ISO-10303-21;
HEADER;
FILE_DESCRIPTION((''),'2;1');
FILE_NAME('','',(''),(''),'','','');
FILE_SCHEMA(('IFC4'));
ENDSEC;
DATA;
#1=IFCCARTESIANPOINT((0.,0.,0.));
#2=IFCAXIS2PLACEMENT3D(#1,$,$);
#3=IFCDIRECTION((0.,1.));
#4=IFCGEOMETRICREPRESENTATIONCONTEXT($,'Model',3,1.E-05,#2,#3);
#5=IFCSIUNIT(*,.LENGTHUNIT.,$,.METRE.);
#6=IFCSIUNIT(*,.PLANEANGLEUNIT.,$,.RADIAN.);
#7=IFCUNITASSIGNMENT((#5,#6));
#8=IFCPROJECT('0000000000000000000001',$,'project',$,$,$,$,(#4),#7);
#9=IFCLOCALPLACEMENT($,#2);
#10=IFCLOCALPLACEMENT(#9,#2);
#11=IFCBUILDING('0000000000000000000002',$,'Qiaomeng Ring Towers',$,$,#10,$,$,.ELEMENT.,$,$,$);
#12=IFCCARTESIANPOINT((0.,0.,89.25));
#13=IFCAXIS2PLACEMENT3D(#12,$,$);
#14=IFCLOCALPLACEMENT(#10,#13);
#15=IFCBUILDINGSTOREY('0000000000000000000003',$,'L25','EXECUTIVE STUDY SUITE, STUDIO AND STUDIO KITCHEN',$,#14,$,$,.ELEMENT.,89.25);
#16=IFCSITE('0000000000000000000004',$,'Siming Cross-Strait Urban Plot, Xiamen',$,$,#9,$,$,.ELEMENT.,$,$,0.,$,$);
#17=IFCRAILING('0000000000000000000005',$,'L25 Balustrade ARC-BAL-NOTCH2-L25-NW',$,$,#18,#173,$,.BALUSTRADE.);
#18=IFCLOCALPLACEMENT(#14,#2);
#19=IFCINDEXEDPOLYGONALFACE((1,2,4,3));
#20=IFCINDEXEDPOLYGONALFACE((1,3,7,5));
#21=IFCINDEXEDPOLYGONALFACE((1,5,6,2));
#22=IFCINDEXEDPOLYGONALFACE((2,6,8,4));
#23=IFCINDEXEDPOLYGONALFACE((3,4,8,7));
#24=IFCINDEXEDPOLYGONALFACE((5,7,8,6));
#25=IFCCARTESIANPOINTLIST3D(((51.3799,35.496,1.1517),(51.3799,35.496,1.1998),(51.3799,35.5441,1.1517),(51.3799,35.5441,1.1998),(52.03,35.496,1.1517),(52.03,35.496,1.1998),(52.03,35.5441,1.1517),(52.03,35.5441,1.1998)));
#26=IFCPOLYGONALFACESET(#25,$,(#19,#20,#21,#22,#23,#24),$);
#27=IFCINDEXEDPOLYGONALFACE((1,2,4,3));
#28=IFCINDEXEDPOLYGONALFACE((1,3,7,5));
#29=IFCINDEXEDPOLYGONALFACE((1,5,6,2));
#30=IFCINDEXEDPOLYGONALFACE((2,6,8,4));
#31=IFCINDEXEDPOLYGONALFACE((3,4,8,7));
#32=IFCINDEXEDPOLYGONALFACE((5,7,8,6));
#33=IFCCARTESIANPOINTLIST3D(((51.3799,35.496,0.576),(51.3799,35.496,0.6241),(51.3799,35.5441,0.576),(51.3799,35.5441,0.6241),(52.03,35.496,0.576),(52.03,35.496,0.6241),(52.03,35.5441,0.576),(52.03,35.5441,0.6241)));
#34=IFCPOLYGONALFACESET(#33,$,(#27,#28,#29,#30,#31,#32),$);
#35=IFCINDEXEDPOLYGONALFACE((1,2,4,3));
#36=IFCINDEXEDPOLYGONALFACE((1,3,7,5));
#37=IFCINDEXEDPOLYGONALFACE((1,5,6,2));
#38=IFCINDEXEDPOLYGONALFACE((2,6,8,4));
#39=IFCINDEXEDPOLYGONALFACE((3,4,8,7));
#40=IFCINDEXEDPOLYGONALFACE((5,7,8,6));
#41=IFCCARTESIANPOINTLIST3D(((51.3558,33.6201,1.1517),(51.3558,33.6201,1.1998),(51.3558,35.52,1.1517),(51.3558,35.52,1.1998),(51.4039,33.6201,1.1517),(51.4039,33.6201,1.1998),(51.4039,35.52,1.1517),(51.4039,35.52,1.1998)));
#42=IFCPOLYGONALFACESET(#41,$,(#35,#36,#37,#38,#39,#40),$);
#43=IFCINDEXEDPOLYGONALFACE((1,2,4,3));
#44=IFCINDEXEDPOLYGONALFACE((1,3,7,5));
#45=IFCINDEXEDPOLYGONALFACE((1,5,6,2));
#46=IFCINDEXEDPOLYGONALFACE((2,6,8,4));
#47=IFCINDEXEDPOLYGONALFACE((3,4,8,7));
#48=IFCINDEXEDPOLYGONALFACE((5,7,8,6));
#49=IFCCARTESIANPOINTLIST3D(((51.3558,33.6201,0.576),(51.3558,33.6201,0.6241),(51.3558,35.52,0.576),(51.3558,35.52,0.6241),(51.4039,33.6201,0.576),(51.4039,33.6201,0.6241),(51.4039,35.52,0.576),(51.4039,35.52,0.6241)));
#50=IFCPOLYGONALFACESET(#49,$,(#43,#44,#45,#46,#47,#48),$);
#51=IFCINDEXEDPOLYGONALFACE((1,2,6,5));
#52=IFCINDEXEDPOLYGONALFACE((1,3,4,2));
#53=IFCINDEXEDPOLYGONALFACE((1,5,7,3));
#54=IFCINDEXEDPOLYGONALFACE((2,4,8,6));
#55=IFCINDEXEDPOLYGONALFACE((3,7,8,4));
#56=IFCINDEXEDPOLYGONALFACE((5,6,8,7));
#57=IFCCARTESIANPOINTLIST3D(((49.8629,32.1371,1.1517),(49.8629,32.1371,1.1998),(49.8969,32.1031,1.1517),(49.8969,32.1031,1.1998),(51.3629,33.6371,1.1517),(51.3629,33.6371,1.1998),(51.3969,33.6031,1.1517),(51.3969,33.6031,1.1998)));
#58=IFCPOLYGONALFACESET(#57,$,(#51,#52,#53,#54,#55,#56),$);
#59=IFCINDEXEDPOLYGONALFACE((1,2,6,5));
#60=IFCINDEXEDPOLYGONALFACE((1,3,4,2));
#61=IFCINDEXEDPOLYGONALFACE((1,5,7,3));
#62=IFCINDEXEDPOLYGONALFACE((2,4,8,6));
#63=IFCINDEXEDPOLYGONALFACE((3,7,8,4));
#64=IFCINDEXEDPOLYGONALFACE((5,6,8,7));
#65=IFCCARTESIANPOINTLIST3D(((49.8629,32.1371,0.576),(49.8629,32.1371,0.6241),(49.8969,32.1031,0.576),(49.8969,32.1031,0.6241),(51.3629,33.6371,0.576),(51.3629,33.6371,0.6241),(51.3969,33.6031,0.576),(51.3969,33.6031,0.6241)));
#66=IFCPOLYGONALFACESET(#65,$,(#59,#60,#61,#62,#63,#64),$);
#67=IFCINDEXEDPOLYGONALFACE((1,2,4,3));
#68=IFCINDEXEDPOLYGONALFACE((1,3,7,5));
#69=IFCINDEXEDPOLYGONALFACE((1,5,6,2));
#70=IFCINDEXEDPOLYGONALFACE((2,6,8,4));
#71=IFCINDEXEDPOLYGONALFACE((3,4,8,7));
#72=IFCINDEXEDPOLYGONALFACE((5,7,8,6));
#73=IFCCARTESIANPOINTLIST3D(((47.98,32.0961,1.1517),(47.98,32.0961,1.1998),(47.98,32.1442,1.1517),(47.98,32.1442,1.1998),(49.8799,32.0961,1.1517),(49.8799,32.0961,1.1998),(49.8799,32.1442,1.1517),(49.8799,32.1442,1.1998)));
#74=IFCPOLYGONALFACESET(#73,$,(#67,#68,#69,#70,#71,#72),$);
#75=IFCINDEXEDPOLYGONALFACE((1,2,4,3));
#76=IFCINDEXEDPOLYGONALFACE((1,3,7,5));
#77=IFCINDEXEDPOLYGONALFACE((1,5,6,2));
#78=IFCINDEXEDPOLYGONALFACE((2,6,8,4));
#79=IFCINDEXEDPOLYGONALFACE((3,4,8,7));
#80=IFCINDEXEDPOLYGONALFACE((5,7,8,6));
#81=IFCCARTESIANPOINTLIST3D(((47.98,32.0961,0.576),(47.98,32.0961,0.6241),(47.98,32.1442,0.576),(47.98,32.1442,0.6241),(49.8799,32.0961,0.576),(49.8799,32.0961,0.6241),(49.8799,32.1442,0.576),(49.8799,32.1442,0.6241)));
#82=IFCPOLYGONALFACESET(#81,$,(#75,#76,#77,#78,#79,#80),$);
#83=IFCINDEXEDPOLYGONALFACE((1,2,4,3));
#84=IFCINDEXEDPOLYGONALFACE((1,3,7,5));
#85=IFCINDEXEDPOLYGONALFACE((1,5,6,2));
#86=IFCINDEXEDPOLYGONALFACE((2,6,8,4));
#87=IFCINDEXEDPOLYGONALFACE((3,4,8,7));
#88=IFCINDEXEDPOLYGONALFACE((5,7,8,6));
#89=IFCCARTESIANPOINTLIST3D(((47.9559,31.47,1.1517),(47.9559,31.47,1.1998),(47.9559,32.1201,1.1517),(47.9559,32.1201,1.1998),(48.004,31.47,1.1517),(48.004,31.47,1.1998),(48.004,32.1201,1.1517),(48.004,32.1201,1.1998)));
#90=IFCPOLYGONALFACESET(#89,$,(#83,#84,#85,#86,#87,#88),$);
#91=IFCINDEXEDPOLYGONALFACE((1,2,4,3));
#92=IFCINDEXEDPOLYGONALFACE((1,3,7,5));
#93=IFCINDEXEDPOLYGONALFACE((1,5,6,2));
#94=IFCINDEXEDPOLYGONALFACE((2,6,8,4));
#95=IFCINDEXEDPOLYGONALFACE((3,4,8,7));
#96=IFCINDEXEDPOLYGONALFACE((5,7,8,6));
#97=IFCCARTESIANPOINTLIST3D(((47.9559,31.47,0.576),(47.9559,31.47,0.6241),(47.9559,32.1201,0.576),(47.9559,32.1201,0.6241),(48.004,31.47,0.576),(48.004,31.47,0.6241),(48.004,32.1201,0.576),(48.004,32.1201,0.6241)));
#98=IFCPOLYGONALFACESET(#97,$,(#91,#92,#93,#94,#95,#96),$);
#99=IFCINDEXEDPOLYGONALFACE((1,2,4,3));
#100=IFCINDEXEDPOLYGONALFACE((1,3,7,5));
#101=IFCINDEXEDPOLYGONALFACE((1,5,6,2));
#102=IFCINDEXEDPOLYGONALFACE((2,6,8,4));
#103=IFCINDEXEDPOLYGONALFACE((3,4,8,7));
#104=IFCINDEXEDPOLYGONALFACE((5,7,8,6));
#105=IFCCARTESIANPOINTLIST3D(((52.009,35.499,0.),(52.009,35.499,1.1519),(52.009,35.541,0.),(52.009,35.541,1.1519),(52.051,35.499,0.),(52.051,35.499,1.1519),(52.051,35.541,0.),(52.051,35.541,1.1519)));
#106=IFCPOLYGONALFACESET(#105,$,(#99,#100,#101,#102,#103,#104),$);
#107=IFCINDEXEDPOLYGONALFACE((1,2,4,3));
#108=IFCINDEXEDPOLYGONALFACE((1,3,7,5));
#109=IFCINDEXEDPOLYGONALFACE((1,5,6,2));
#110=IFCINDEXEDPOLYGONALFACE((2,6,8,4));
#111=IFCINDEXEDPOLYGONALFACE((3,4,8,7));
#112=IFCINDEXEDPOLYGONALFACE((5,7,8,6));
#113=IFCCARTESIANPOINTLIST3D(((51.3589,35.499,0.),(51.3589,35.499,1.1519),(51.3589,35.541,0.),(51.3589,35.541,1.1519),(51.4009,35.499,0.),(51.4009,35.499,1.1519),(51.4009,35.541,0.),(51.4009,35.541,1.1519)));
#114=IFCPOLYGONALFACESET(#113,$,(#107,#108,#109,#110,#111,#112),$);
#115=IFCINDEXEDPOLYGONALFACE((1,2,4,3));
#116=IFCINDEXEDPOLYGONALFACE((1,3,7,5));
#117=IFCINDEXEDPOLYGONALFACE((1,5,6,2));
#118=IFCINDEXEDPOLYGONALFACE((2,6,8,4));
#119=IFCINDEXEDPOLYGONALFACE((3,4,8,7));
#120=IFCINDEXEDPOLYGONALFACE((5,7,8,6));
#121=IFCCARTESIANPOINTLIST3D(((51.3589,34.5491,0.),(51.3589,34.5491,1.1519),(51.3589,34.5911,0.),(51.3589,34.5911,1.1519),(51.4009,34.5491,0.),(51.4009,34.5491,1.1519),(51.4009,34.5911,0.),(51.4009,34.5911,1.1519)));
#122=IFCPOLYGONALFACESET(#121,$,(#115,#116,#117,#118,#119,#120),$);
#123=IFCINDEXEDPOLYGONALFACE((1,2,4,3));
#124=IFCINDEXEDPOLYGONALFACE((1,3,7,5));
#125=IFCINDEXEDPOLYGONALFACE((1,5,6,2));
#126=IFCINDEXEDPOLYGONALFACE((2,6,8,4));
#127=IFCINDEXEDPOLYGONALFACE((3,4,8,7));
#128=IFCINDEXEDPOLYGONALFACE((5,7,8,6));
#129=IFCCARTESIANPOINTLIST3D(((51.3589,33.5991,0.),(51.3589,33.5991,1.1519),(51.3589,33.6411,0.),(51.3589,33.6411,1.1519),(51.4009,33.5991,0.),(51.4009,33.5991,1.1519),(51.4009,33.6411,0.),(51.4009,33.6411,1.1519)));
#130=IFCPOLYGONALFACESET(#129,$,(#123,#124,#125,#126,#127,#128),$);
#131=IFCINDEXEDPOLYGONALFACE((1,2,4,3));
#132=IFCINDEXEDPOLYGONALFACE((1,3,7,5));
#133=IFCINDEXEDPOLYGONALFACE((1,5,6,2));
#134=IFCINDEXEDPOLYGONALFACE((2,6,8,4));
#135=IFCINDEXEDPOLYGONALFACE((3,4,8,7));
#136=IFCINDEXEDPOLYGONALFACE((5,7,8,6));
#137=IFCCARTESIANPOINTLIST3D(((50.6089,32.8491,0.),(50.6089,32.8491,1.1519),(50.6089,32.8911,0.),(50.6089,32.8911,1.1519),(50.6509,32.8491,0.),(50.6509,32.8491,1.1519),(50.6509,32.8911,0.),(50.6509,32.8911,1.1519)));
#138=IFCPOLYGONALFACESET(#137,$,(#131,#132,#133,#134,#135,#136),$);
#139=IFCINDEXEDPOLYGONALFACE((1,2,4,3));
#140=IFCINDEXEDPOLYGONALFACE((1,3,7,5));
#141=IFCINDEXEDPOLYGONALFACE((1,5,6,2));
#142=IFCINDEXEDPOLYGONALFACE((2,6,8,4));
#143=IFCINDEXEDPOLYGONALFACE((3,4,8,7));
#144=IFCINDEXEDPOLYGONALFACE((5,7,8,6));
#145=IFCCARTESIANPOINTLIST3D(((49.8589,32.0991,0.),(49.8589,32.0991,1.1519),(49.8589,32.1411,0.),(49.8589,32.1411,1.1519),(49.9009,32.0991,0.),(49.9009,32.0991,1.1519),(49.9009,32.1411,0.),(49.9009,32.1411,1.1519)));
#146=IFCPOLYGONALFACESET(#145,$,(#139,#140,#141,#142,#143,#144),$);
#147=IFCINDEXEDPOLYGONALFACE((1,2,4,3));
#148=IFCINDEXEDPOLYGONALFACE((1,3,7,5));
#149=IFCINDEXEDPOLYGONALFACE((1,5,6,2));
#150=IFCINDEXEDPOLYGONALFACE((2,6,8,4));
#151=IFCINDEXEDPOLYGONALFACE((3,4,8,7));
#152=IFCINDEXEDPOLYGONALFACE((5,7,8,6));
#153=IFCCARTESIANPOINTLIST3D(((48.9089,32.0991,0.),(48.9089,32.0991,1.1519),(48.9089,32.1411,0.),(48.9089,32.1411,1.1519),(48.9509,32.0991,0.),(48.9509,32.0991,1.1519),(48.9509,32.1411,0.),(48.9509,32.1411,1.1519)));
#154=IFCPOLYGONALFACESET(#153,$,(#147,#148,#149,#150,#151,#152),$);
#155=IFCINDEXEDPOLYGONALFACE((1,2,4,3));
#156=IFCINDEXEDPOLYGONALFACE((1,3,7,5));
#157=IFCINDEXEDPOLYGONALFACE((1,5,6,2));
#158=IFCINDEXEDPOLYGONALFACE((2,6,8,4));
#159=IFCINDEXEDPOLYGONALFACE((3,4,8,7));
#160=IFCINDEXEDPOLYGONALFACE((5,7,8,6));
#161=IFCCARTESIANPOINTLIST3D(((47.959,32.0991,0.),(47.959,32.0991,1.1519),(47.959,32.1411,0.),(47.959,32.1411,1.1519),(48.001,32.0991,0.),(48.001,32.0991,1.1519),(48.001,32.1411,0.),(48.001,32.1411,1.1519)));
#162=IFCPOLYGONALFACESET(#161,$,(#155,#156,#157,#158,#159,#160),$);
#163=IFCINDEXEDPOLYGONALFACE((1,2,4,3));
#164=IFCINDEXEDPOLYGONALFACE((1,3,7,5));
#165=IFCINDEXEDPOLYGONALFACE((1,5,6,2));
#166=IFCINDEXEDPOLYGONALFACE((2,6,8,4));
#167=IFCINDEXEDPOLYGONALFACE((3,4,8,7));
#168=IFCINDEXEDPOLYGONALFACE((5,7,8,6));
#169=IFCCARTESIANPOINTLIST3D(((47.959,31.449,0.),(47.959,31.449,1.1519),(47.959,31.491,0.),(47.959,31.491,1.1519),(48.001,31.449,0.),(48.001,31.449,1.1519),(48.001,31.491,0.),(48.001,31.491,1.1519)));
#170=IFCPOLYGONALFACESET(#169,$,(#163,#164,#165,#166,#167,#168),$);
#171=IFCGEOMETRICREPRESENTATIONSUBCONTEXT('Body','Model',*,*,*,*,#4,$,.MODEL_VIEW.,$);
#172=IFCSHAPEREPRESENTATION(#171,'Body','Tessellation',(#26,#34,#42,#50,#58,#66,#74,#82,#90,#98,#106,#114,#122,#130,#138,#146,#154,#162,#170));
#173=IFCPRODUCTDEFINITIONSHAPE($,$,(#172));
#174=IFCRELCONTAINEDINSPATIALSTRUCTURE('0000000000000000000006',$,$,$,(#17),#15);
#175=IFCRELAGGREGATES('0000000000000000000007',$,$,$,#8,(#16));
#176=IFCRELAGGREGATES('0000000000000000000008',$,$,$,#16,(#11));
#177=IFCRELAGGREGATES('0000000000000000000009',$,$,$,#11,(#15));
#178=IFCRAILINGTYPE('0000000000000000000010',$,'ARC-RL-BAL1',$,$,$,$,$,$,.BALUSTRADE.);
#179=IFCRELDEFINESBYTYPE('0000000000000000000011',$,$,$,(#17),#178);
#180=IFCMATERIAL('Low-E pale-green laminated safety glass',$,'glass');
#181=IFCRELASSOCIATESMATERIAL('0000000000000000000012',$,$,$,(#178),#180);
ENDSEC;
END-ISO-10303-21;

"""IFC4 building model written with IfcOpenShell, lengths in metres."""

from ifc_helpers import new_model, si_unit, direction, frame, origin, origin_2d, place, context, subcontext, project, spatial, rectangle, extrude, material, type_object, element, save


model = new_model("IFC4")

# Units and contexts
model_context = context("Model", 3, precision=1e-05, world=origin(), true_north=direction((0.0, 1.0)))
body_context = subcontext(model_context, "Body", "Model", "MODEL_VIEW")
ifc_project = project(units=[si_unit("LENGTHUNIT", "METRE"), si_unit("PLANEANGLEUNIT", "RADIAN")], contexts=[model_context])

# Site, building, storey
site_placement = place(None, origin())
site = spatial("IfcSite", under=ifc_project, at=site_placement, Name="Siming Cross-Strait Urban Plot, Xiamen", CompositionType="ELEMENT", RefElevation=0.0)
building_placement = place(site_placement, origin())
building = spatial("IfcBuilding", under=site, at=building_placement, Name="Qiaomeng Ring Towers", CompositionType="ELEMENT")
storey_placement = place(building_placement, frame((0.0, 0.0, 89.25)))
storey = spatial("IfcBuildingStorey", under=building, at=storey_placement, Name="L25", Description="EXECUTIVE STUDY SUITE, STUDIO AND STUDIO KITCHEN", CompositionType="ELEMENT", Elevation=89.25)

# Railing
ifc_material_1 = material(Name="Low-E pale-green laminated safety glass", Category="glass")
railing_type = type_object("IfcRailingType", Name="ARC-RL-BAL1", PredefinedType="BALUSTRADE", material=ifc_material_1)
railing_1_placement = place(storey_placement, frame((52.03, 35.52, 0.0)))
element("IfcRailing", 1, at=railing_1_placement, inside=storey, type_object=railing_type, Name="L25 Balustrade ARC-BAL-NOTCH2-L25-NW", PredefinedType="BALUSTRADE", context=body_context, shape_type="SweptSolid", body=[
    extrude(rectangle(XDim=0.0481, YDim=0.0481, at=origin_2d()), frame((0.0, 0.0, 1.1758), z_axis=(-1.0, 0.0, 0.0), x_axis=(0.0, -1.0, 0.0)), (0.0, 0.0, 1.0), 0.6501),
    extrude(rectangle(XDim=0.0481, YDim=0.0481, at=origin_2d()), frame((0.0, 0.0, 0.6001), z_axis=(-1.0, 0.0, 0.0), x_axis=(0.0, -1.0, 0.0)), (0.0, 0.0, 1.0), 0.6501),
    extrude(rectangle(XDim=0.0481, YDim=0.0481, at=origin_2d()), frame((-0.6501, 0.0, 1.1758), z_axis=(0.0, -1.0, 0.0), x_axis=(1.0, 0.0, 0.0)), (0.0, 0.0, 1.0), 1.8999),
    extrude(rectangle(XDim=0.0481, YDim=0.0481, at=origin_2d()), frame((-0.6501, 0.0, 0.6001), z_axis=(0.0, -1.0, 0.0), x_axis=(1.0, 0.0, 0.0)), (0.0, 0.0, 1.0), 1.8999),
    extrude(rectangle(XDim=0.0481, YDim=0.0481, at=origin_2d()), frame((-0.6501, -1.8999, 1.1758), z_axis=(-0.707107, -0.707107, 0.0), x_axis=(0.707107, -0.707107, 0.0)), (0.0, 0.0, 1.0), 2.1213),
    extrude(rectangle(XDim=0.0481, YDim=0.0481, at=origin_2d()), frame((-0.6501, -1.8999, 0.6001), z_axis=(-0.707107, -0.707107, 0.0), x_axis=(0.707107, -0.707107, 0.0)), (0.0, 0.0, 1.0), 2.1213),
    extrude(rectangle(XDim=0.0481, YDim=0.0481, at=origin_2d()), frame((-2.1501, -3.3999, 1.1758), z_axis=(-1.0, 0.0, 0.0), x_axis=(0.0, -1.0, 0.0)), (0.0, 0.0, 1.0), 1.8999),
    extrude(rectangle(XDim=0.0481, YDim=0.0481, at=origin_2d()), frame((-2.1501, -3.3999, 0.6001), z_axis=(-1.0, 0.0, 0.0), x_axis=(0.0, -1.0, 0.0)), (0.0, 0.0, 1.0), 1.8999),
    extrude(rectangle(XDim=0.0481, YDim=0.0481, at=origin_2d()), frame((-4.05, -3.3999, 1.1758), z_axis=(0.0, -1.0, 0.0), x_axis=(1.0, 0.0, 0.0)), (0.0, 0.0, 1.0), 0.6501),
    extrude(rectangle(XDim=0.0481, YDim=0.0481, at=origin_2d()), frame((-4.05, -3.3999, 0.6001), z_axis=(0.0, -1.0, 0.0), x_axis=(1.0, 0.0, 0.0)), (0.0, 0.0, 1.0), 0.6501),
    extrude(rectangle(XDim=0.042, YDim=0.042, at=origin_2d()), origin(), (0.0, 0.0, 1.0), 1.1519),
    extrude(rectangle(XDim=0.042, YDim=0.042, at=origin_2d()), frame((-0.6501, 0.0, 0.0)), (0.0, 0.0, 1.0), 1.1519),
    extrude(rectangle(XDim=0.042, YDim=0.042, at=origin_2d()), frame((-0.6501, -0.95, 0.0)), (0.0, 0.0, 1.0), 1.1519),
    extrude(rectangle(XDim=0.042, YDim=0.042, at=origin_2d()), frame((-0.6501, -1.8999, 0.0)), (0.0, 0.0, 1.0), 1.1519),
    extrude(rectangle(XDim=0.042, YDim=0.042, at=origin_2d()), frame((-1.4001, -2.6499, 0.0)), (0.0, 0.0, 1.0), 1.1519),
    extrude(rectangle(XDim=0.042, YDim=0.042, at=origin_2d()), frame((-2.1501, -3.3999, 0.0)), (0.0, 0.0, 1.0), 1.1519),
    extrude(rectangle(XDim=0.042, YDim=0.042, at=origin_2d()), frame((-3.1001, -3.3999, 0.0)), (0.0, 0.0, 1.0), 1.1519),
    extrude(rectangle(XDim=0.042, YDim=0.042, at=origin_2d()), frame((-4.05, -3.3999, 0.0)), (0.0, 0.0, 1.0), 1.1519),
    extrude(rectangle(XDim=0.042, YDim=0.042, at=origin_2d()), frame((-4.05, -4.05, 0.0)), (0.0, 0.0, 1.0), 1.1519),
])

save(model, "model.ifc")
